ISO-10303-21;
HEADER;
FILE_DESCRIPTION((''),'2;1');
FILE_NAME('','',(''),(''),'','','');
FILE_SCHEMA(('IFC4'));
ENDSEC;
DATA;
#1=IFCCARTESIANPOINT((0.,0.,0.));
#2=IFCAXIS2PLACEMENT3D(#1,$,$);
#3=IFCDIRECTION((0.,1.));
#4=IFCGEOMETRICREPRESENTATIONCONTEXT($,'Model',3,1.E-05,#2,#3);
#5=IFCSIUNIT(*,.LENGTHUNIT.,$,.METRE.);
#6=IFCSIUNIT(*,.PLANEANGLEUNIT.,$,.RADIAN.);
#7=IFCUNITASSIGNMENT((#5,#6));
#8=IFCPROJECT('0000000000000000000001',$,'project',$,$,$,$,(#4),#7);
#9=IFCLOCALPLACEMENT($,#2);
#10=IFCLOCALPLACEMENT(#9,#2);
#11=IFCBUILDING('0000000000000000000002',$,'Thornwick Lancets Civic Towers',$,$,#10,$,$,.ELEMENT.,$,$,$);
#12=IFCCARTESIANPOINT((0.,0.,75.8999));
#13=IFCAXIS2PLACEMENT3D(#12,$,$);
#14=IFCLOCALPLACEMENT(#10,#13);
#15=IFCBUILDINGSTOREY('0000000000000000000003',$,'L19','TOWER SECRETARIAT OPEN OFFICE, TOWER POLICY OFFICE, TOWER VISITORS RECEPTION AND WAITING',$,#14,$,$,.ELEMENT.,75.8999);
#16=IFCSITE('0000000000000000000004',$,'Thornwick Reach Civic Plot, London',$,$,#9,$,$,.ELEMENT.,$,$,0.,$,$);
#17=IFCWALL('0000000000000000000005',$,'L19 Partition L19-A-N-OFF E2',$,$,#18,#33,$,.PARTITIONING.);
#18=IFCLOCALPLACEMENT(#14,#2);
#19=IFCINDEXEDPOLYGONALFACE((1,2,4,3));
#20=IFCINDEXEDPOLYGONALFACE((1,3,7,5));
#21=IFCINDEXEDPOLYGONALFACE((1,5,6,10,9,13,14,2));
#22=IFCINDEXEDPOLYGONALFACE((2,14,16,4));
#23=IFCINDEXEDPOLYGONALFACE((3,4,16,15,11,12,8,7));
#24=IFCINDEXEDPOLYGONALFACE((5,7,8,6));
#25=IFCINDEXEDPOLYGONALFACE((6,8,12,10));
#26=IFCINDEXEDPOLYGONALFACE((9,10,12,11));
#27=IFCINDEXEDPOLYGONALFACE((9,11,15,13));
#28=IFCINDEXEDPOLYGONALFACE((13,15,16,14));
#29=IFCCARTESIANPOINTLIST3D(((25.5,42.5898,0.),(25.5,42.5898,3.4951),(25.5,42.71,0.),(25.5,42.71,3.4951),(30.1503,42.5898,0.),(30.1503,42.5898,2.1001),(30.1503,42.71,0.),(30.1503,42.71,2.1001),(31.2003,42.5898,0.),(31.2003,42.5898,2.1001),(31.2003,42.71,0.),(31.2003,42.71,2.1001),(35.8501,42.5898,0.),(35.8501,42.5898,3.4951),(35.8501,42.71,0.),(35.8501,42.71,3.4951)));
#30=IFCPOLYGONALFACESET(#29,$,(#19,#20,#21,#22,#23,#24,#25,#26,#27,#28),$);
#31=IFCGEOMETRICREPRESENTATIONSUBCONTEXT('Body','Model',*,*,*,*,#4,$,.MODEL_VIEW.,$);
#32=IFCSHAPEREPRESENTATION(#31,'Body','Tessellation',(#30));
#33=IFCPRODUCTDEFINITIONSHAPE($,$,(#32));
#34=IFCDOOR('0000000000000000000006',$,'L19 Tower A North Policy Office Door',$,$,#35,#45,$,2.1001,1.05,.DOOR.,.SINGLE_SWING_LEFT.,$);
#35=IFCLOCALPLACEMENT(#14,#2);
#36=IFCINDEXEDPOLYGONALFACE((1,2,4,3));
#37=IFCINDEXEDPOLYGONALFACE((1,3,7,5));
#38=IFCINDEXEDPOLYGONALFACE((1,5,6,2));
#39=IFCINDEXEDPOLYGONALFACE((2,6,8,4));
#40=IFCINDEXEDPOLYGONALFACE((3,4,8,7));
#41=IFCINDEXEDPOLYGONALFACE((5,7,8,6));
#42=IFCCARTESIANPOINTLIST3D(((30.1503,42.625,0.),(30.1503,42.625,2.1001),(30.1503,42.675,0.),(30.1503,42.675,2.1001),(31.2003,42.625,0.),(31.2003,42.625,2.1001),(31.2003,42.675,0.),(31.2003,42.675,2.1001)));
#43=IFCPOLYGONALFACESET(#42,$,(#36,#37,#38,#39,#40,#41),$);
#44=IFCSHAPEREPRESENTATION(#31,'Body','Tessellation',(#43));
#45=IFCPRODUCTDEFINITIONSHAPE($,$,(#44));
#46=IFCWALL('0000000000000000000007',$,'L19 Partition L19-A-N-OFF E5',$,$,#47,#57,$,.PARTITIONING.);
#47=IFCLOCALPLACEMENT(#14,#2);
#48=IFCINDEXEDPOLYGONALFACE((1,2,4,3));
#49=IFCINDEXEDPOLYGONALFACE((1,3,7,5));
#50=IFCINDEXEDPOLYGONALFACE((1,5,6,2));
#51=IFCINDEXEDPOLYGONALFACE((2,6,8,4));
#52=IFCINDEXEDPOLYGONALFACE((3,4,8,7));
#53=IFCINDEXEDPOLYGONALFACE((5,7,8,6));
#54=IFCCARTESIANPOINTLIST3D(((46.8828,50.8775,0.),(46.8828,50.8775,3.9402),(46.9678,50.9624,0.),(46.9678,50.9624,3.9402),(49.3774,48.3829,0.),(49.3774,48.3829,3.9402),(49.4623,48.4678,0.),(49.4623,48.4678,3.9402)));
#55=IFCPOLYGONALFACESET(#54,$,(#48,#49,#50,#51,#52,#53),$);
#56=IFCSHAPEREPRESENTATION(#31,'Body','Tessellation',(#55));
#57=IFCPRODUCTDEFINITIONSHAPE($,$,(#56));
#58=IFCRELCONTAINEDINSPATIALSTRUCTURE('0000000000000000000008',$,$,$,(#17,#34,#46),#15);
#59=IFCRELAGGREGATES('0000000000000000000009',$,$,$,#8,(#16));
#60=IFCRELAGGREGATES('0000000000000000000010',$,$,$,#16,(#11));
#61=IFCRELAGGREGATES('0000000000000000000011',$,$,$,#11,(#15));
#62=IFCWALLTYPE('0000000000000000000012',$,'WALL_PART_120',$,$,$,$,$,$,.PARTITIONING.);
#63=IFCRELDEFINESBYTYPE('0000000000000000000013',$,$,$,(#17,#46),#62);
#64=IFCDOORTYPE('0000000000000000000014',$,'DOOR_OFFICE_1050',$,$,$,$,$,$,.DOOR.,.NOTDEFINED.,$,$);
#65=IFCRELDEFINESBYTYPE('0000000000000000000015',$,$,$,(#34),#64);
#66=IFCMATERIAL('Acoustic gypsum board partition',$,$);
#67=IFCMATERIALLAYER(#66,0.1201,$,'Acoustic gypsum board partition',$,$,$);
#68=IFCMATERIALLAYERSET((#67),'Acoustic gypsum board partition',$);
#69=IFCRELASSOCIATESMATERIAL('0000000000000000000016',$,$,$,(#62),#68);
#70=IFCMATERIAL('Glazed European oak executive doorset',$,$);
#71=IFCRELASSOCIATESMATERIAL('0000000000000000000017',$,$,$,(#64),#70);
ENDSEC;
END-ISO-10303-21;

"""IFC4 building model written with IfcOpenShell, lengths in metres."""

from ifc_helpers import new_model, si_unit, direction, frame, frame_2d, origin, place, context, subcontext, project, spatial, rectangle, extrude, material, layer, layer_set, type_object, element, fill, save


model = new_model("IFC4")

# Units and contexts
model_context = context("Model", 3, precision=1e-05, world=origin(), true_north=direction((0.0, 1.0)))
body_context = subcontext(model_context, "Body", "Model", "MODEL_VIEW")
ifc_project = project(units=[si_unit("LENGTHUNIT", "METRE"), si_unit("PLANEANGLEUNIT", "RADIAN")], contexts=[model_context])

# Site, building, storey
site_placement = place(None, origin())
site = spatial("IfcSite", under=ifc_project, at=site_placement, Name="Thornwick Reach Civic Plot, London", CompositionType="ELEMENT", RefElevation=0.0)
building_placement = place(site_placement, origin())
building = spatial("IfcBuilding", under=site, at=building_placement, Name="Thornwick Lancets Civic Towers", CompositionType="ELEMENT")
storey_placement = place(building_placement, frame((0.0, 0.0, 75.8999)))
storey = spatial("IfcBuildingStorey", under=building, at=storey_placement, Name="L19", Description="TOWER SECRETARIAT OPEN OFFICE, TOWER POLICY OFFICE, TOWER VISITORS RECEPTION AND WAITING", CompositionType="ELEMENT", Elevation=75.8999)

# Shared definitions
ifc_material_1 = material(Name="Acoustic gypsum board partition")
ifc_layer_1 = layer(ifc_material_1, 0.1201, Name="Acoustic gypsum board partition")
ifc_layer_set_1 = layer_set([ifc_layer_1], Name="Acoustic gypsum board partition")
wall_type_1 = type_object("IfcWallType", Name="WALL_PART_120", PredefinedType="PARTITIONING", material=ifc_layer_set_1)

# Wall, opening, door
wall_1_placement = place(storey_placement, frame((35.8501, 42.6499, 0.0), z_axis=(0.0, 0.0, 1.0), x_axis=(-1.0, 0.0, 0.0)))
wall_1 = element("IfcWall", 1, at=wall_1_placement, inside=storey, type_object=wall_type_1, Name="L19 Partition L19-A-N-OFF E2", PredefinedType="PARTITIONING", context=body_context, shape_type="SweptSolid", body=[
    extrude(rectangle(XDim=10.3501, YDim=0.1201, at=frame_2d((5.175, 0.0))), origin(), (0.0, 0.0, 1.0), 3.4951),
])
opening_1_placement = place(wall_1_placement, frame((4.6499, 0.0, 0.0)))
opening_1 = element("IfcOpeningElement", 2, at=opening_1_placement, cuts=wall_1, PredefinedType="OPENING", context=body_context, shape_type="SweptSolid", body=[
    extrude(rectangle(XDim=1.05, YDim=2.1001, at=frame_2d((0.5249, 1.05))), frame((0.0, 0.0701, 0.0), z_axis=(0.0, -1.0, 0.0), x_axis=(1.0, 0.0, 0.0)), (0.0, 0.0, 1.0), 0.1401),
])
ifc_material_2 = material(Name="Glazed European oak executive doorset")
door_type = type_object("IfcDoorType", Name="DOOR_OFFICE_1050", OperationType="NOTDEFINED", PredefinedType="DOOR", material=ifc_material_2)
door_placement = place(opening_1_placement, origin())
door = element("IfcDoor", 3, at=door_placement, inside=storey, type_object=door_type, Name="L19 Tower A North Policy Office Door", OperationType="SINGLE_SWING_LEFT", OverallHeight=2.1001, OverallWidth=1.05, PredefinedType="DOOR", context=body_context, shape_type="SweptSolid", body=[
    extrude(rectangle(XDim=1.05, YDim=2.1001, at=frame_2d((0.5249, 1.05))), frame((0.0, 0.0249, 0.0), z_axis=(0.0, -1.0, 0.0), x_axis=(1.0, 0.0, 0.0)), (0.0, 0.0, 1.0), 0.05),
])
fill(opening_1, door)

# Wall
wall_2_placement = place(storey_placement, frame((46.9253, 50.9199, 0.0), z_axis=(0.0, 0.0, 1.0), x_axis=(0.707107, -0.707107, 0.0)))
element("IfcWall", 4, at=wall_2_placement, inside=storey, type_object=wall_type_1, Name="L19 Partition L19-A-N-OFF E5", PredefinedType="PARTITIONING", context=body_context, shape_type="SweptSolid", body=[
    extrude(rectangle(XDim=3.5278, YDim=0.1201, at=frame_2d((1.7639, 0.0))), origin(), (0.0, 0.0, 1.0), 3.9402),
])

save(model, "model.ifc")
